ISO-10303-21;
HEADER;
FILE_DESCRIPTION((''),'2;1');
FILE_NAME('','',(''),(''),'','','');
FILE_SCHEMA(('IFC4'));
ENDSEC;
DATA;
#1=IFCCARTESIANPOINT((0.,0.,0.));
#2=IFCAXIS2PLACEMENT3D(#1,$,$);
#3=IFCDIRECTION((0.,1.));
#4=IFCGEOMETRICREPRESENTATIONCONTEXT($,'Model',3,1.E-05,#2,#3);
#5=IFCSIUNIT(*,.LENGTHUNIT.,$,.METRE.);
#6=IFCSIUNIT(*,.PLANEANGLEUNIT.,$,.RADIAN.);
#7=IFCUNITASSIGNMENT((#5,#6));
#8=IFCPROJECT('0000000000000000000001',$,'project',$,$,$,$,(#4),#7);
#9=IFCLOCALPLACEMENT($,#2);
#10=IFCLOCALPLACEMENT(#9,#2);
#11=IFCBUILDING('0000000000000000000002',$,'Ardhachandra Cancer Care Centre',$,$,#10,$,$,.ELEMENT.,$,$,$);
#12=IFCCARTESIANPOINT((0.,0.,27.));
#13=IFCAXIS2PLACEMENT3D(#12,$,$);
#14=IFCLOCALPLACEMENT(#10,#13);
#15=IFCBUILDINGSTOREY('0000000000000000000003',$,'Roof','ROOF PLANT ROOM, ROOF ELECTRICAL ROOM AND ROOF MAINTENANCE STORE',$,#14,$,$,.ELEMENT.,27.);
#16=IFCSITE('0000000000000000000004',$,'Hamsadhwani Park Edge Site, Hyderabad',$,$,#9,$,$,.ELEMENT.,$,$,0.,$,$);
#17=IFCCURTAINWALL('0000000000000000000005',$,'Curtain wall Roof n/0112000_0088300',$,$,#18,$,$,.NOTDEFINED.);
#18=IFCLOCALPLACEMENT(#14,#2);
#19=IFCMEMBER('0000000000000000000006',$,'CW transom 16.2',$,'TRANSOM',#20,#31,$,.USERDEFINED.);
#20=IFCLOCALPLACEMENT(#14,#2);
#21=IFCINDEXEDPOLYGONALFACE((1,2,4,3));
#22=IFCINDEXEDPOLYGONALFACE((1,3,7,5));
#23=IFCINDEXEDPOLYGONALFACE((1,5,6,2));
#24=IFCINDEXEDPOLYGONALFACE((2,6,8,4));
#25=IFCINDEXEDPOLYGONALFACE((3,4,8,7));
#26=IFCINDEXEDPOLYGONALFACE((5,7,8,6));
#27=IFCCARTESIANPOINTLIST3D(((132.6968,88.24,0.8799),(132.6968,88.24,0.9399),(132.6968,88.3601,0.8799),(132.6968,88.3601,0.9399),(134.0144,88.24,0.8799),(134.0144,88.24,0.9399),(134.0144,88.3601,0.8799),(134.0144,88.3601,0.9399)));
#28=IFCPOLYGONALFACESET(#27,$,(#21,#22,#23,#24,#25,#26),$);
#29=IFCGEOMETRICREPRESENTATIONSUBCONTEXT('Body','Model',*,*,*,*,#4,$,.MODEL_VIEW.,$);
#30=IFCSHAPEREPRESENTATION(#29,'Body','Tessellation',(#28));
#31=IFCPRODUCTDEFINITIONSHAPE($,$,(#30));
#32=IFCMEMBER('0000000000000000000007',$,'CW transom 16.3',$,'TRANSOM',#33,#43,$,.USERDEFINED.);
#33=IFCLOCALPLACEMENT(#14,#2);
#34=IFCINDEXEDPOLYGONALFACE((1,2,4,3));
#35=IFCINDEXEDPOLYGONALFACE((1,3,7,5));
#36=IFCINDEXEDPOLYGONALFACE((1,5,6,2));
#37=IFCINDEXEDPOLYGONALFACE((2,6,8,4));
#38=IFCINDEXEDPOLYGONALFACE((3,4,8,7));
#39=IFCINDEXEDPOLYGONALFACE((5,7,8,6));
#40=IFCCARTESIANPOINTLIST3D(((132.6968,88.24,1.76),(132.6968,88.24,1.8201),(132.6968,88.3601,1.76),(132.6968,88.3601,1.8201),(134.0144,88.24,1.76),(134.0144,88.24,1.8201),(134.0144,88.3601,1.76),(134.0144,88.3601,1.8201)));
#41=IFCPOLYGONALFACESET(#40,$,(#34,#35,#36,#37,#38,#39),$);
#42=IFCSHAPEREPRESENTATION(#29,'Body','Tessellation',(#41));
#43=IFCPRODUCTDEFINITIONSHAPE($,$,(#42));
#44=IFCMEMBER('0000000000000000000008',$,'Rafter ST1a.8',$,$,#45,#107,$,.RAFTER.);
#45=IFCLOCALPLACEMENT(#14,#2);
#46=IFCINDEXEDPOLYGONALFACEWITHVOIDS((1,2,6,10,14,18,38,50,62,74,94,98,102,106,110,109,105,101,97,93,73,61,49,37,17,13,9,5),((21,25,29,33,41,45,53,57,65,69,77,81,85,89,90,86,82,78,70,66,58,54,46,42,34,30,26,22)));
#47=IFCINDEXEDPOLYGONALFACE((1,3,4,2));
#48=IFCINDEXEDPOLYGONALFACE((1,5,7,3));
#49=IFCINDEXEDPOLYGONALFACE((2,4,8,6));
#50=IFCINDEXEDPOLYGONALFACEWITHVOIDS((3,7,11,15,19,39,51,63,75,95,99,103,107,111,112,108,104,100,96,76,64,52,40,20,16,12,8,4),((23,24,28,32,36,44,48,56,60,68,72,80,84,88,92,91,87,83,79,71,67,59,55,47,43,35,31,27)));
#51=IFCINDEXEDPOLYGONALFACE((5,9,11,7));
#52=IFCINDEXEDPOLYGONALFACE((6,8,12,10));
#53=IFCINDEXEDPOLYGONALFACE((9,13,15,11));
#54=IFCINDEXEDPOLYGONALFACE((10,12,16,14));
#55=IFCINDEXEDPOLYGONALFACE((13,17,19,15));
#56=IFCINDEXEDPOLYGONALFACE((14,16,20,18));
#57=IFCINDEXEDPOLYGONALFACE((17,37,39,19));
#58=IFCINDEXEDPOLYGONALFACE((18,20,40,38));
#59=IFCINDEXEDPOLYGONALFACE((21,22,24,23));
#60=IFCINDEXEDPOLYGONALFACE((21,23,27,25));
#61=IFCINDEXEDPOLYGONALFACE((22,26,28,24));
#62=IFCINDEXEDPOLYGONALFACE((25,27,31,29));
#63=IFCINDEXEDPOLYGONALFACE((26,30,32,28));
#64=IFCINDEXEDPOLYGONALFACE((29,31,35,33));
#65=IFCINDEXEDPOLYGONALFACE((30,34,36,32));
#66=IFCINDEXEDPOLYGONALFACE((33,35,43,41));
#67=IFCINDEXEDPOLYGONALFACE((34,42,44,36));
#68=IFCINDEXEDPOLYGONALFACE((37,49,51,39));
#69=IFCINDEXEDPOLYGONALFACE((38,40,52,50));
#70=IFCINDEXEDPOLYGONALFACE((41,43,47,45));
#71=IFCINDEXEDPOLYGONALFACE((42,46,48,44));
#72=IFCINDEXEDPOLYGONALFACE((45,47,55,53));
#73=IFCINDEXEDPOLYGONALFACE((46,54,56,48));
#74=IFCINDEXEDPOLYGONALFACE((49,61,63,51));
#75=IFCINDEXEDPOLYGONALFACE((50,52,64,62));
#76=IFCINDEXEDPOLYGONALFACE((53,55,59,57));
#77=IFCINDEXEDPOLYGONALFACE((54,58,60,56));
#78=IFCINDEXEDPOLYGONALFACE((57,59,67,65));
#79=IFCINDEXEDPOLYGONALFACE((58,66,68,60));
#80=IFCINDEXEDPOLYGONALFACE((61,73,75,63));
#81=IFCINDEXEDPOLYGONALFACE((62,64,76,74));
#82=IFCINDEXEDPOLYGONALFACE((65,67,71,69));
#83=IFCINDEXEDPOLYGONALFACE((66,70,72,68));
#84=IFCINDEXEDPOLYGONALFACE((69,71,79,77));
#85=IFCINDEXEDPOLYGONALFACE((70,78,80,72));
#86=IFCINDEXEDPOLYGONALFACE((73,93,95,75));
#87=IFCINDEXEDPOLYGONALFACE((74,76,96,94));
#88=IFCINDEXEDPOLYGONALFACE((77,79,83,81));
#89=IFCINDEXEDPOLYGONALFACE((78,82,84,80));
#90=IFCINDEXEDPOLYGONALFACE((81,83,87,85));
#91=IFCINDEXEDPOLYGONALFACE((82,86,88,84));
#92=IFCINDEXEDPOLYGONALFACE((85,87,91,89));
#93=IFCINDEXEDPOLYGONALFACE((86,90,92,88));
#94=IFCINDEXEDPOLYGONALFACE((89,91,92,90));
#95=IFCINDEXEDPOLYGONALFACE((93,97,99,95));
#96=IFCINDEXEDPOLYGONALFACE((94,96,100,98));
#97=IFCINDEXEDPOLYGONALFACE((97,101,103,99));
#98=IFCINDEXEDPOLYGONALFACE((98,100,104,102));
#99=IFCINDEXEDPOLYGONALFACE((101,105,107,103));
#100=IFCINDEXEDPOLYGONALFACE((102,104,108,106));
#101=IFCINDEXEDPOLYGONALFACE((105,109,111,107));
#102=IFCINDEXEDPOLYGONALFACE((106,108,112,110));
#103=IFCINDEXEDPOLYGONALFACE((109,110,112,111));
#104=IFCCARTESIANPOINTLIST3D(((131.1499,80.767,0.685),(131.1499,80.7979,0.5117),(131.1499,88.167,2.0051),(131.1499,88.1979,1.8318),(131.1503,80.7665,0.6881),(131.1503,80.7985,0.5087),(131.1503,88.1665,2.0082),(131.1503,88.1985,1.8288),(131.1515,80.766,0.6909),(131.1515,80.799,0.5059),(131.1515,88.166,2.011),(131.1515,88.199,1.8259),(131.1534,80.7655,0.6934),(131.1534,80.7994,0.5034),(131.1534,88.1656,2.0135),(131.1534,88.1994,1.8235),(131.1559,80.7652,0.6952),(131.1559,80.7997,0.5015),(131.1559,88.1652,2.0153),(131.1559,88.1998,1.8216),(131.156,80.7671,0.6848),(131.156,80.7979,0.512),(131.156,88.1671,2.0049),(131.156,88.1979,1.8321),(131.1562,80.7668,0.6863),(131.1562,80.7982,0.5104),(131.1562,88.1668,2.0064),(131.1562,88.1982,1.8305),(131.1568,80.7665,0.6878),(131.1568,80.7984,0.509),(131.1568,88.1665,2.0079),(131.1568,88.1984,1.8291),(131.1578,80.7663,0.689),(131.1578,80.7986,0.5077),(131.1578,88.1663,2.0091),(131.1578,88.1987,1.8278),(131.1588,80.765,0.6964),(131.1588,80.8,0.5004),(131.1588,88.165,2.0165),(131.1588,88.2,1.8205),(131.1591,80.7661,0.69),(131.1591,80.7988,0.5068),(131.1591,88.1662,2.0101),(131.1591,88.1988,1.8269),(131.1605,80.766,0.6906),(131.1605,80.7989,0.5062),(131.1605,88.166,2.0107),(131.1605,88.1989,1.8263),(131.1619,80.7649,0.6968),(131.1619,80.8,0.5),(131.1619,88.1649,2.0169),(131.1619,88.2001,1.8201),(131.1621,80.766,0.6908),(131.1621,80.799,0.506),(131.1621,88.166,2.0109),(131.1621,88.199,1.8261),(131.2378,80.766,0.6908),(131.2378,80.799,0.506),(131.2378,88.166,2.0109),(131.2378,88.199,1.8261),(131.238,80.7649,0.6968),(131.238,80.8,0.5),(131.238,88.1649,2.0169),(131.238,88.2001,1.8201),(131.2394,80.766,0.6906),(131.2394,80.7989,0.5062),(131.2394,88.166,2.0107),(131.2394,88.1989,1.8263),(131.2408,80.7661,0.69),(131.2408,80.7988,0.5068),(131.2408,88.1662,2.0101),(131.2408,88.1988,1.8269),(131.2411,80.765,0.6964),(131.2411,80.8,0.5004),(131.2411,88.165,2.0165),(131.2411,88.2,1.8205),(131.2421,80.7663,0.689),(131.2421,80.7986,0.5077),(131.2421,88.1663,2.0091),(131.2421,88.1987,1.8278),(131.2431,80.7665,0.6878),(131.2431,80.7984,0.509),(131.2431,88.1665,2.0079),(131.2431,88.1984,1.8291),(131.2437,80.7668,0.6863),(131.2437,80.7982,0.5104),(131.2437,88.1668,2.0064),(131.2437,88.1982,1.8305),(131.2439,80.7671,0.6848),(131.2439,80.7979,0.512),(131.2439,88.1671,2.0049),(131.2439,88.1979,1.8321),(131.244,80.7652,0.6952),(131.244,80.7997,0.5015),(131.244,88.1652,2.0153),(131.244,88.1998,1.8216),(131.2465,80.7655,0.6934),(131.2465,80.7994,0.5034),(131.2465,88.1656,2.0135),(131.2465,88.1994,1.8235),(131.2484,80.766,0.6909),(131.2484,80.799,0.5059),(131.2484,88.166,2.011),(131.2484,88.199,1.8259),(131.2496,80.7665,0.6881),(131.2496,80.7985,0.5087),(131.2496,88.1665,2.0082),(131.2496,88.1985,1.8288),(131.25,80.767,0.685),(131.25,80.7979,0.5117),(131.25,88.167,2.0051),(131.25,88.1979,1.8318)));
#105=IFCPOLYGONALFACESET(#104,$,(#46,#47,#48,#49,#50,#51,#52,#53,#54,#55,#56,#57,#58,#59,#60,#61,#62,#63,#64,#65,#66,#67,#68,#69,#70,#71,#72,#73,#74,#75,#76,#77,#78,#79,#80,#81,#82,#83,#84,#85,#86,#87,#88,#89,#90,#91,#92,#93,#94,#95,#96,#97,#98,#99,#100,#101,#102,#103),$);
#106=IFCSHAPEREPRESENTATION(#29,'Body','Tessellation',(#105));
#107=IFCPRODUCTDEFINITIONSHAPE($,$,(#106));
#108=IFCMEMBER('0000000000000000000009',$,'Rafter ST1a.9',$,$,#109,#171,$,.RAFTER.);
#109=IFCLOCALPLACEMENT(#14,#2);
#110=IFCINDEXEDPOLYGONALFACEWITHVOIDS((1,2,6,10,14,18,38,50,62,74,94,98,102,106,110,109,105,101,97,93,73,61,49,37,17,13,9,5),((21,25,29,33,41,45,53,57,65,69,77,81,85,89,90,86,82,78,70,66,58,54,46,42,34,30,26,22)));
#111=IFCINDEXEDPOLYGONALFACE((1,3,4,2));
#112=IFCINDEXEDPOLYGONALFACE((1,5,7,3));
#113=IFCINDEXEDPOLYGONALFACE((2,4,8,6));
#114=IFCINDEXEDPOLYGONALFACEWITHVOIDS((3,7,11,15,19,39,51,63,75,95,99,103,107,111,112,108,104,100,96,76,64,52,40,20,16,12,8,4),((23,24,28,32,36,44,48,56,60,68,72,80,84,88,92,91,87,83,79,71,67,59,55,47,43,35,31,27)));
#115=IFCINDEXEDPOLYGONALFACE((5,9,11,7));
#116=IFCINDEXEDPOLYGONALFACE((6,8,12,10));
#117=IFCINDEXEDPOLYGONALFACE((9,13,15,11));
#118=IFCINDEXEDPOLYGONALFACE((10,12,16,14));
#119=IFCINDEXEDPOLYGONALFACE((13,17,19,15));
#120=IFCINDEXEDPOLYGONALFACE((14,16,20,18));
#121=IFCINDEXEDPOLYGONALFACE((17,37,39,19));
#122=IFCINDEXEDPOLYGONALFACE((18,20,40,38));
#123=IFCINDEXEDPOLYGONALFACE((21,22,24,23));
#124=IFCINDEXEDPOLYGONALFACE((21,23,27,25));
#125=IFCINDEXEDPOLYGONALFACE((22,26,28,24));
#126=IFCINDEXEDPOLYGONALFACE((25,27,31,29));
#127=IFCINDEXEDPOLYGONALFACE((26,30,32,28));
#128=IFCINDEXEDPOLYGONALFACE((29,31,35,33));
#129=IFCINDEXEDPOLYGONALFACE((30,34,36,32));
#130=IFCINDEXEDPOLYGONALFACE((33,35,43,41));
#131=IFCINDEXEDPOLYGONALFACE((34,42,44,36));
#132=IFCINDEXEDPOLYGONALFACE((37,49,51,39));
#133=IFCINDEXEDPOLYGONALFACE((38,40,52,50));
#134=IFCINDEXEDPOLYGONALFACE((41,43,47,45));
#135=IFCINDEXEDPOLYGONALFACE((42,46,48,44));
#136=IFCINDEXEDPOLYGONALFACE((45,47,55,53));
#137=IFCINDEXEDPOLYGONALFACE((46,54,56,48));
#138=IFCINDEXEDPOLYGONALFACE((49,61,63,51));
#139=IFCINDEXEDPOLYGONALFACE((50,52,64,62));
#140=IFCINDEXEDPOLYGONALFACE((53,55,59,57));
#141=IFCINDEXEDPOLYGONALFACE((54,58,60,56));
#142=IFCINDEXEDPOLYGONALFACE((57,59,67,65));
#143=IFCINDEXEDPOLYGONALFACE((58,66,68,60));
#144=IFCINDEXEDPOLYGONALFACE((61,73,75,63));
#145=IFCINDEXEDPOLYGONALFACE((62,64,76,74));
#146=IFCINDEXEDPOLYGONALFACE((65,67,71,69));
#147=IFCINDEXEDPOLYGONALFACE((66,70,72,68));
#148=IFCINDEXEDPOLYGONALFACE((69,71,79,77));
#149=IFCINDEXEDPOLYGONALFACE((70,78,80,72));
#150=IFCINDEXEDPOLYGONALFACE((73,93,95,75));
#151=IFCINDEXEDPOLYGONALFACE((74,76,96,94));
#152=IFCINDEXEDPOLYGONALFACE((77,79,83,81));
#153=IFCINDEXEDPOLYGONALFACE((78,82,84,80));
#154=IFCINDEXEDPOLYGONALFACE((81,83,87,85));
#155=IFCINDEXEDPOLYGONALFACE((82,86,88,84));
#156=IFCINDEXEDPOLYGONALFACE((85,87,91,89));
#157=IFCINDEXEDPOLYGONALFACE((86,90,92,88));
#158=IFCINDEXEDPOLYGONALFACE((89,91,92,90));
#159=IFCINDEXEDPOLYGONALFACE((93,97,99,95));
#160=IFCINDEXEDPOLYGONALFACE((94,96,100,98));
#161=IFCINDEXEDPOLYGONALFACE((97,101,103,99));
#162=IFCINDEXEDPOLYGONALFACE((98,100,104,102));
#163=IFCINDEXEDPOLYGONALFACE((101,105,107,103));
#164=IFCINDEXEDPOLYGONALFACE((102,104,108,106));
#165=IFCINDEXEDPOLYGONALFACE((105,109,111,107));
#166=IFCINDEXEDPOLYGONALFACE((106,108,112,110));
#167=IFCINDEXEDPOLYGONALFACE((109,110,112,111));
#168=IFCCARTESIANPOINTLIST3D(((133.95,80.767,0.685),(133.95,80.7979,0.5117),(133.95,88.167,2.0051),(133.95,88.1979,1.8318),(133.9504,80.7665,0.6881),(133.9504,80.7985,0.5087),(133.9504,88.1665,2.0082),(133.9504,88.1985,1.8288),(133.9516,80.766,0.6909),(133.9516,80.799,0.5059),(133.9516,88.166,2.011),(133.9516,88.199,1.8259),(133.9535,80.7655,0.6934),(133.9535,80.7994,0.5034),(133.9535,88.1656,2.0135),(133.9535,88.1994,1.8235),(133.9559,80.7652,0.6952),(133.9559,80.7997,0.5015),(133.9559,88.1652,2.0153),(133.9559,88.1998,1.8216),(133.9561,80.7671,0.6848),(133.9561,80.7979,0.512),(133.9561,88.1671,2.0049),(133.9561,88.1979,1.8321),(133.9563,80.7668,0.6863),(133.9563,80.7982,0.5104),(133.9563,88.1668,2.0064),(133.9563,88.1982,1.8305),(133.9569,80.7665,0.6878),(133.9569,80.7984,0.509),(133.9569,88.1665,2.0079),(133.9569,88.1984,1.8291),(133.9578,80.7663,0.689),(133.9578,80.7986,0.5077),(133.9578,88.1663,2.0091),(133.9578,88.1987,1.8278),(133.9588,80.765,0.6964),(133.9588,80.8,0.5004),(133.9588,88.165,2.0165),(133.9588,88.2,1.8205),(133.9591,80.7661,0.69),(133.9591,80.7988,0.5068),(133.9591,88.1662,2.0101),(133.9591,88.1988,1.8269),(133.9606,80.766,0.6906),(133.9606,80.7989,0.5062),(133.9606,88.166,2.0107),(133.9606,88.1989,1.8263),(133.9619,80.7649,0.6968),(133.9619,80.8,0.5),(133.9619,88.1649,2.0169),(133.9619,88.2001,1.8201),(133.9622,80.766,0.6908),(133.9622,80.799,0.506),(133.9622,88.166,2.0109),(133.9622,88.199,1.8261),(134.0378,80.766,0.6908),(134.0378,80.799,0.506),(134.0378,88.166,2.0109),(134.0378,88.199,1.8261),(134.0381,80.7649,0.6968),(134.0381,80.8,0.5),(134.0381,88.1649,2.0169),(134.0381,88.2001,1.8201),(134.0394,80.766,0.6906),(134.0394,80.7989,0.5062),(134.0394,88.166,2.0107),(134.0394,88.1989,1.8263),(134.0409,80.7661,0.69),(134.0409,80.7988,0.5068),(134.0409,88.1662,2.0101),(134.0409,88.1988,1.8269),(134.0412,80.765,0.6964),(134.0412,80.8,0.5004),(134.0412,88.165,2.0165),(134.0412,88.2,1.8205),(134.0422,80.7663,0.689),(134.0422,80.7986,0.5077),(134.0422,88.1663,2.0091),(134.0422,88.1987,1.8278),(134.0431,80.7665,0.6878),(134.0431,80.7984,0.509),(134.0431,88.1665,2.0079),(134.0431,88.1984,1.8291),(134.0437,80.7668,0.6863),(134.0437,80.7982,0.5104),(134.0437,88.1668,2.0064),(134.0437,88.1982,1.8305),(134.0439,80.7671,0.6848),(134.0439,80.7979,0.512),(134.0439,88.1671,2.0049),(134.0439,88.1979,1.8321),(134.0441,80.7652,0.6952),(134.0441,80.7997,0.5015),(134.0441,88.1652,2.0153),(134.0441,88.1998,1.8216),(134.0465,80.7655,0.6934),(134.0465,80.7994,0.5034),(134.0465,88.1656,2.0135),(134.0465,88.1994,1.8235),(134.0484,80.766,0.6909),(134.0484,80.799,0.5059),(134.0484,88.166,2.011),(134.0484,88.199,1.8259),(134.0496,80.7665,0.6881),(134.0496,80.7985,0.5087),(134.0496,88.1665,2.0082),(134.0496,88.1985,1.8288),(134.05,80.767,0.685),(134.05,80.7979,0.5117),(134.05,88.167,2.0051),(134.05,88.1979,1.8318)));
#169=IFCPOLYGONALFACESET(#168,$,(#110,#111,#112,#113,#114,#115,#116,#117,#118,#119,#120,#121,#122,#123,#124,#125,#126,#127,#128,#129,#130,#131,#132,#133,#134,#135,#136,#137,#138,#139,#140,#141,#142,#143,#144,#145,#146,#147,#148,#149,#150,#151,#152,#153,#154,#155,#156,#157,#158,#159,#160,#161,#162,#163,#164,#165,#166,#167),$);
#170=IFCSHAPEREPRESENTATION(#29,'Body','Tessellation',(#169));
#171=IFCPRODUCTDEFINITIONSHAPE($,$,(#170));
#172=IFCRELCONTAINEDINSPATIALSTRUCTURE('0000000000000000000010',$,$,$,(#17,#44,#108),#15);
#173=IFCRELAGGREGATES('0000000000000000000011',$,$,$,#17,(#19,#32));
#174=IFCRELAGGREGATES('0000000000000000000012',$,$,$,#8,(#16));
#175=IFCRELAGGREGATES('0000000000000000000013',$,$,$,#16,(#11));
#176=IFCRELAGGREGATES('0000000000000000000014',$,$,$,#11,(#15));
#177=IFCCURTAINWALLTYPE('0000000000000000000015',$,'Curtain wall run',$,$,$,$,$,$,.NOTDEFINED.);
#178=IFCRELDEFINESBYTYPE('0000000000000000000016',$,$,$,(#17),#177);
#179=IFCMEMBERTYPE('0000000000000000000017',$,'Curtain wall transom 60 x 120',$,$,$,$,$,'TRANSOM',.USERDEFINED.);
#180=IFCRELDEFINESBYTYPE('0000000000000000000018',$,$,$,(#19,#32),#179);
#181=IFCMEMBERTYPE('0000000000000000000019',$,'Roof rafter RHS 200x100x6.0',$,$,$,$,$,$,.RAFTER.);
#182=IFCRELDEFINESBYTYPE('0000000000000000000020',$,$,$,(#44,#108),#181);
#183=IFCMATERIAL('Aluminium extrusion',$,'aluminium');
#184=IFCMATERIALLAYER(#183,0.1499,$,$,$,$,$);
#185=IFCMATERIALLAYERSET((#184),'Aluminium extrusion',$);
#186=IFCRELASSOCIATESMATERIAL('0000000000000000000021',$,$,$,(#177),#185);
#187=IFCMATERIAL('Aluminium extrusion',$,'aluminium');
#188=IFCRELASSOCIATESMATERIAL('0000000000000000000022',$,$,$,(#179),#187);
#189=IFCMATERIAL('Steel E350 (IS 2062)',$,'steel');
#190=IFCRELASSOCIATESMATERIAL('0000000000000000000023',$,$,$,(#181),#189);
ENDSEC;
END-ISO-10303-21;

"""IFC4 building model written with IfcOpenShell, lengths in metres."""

from ifc_helpers import new_model, si_unit, direction, frame, origin, origin_2d, place, context, subcontext, project, spatial, rectangle, hollow_rectangle, extrude, material, layer, layer_set, material_profile, profile_set, type_object, element, aggregate, save


model = new_model("IFC4")

# Units and contexts
model_context = context("Model", 3, precision=1e-05, world=origin(), true_north=direction((0.0, 1.0)))
body_context = subcontext(model_context, "Body", "Model", "MODEL_VIEW")
ifc_project = project(units=[si_unit("LENGTHUNIT", "METRE"), si_unit("PLANEANGLEUNIT", "RADIAN")], contexts=[model_context])

# Site, building, storey
site_placement = place(None, origin())
site = spatial("IfcSite", under=ifc_project, at=site_placement, Name="Hamsadhwani Park Edge Site, Hyderabad", CompositionType="ELEMENT", RefElevation=0.0)
building_placement = place(site_placement, origin())
building = spatial("IfcBuilding", under=site, at=building_placement, Name="Ardhachandra Cancer Care Centre", CompositionType="ELEMENT")
storey_placement = place(building_placement, frame((0.0, 0.0, 27.0)))
storey = spatial("IfcBuildingStorey", under=building, at=storey_placement, Name="Roof", Description="ROOF PLANT ROOM, ROOF ELECTRICAL ROOM AND ROOF MAINTENANCE STORE", CompositionType="ELEMENT", Elevation=27.0)

# Curtain wall, members
ifc_material_1 = material(Name="Aluminium extrusion", Category="aluminium")
ifc_layer_1 = layer(ifc_material_1, 0.1499)
ifc_layer_set_1 = layer_set([ifc_layer_1], Name="Aluminium extrusion")
curtain_wall_type = type_object("IfcCurtainWallType", Name="Curtain wall run", PredefinedType="NOTDEFINED", material=ifc_layer_set_1)
curtain_wall_placement = place(storey_placement, origin())
curtain_wall = element("IfcCurtainWall", 1, at=curtain_wall_placement, inside=storey, type_object=curtain_wall_type, Name="Curtain wall Roof n/0112000_0088300", PredefinedType="NOTDEFINED")
ifc_material_2 = material(Name="Aluminium extrusion", Category="aluminium")
ifc_material_profile_1 = material_profile(ifc_material_2, rectangle(XDim=0.1201, YDim=0.0601, at=origin_2d()), Name="Curtain wall transom 60 x 120")
ifc_profile_set_1 = profile_set([ifc_material_profile_1], Name="Aluminium extrusion")
member_type_1 = type_object("IfcMemberType", Name="Curtain wall transom 60 x 120", ElementType="TRANSOM", PredefinedType="USERDEFINED", material=ifc_profile_set_1)
member_1_placement = place(storey_placement, frame((132.6968, 88.3, 0.9099), z_axis=(1.0, 0.0, 0.0), x_axis=(0.0, 1.0, 0.0)))
member_1 = element("IfcMember", 2, at=member_1_placement, type_object=member_type_1, Name="CW transom 16.2", ObjectType="TRANSOM", PredefinedType="USERDEFINED", context=body_context, shape_type="SweptSolid", body=[
    extrude(rectangle(XDim=0.1201, YDim=0.0601, at=origin_2d()), origin(), (0.0, 0.0, 1.0), 1.3176),
])
member_2_placement = place(storey_placement, frame((132.6968, 88.3, 1.79), z_axis=(1.0, 0.0, 0.0), x_axis=(0.0, 1.0, 0.0)))
member_2 = element("IfcMember", 3, at=member_2_placement, type_object=member_type_1, Name="CW transom 16.3", ObjectType="TRANSOM", PredefinedType="USERDEFINED", context=body_context, shape_type="SweptSolid", body=[
    extrude(rectangle(XDim=0.1201, YDim=0.0601, at=origin_2d()), origin(), (0.0, 0.0, 1.0), 1.3176),
])

# Members
ifc_material_3 = material(Name="Steel E350 (IS 2062)", Category="steel")
ifc_material_profile_2 = material_profile(ifc_material_3, hollow_rectangle(XDim=0.1001, YDim=0.2, WallThickness=0.0061, InnerFilletRadius=0.0061, OuterFilletRadius=0.012, at=origin_2d()), Name="RHS 200x100x6.0")
ifc_profile_set_2 = profile_set([ifc_material_profile_2], Name="Steel E350 (IS 2062)")
member_type_2 = type_object("IfcMemberType", Name="Roof rafter RHS 200x100x6.0", PredefinedType="RAFTER", material=ifc_profile_set_2)
for number, where, z_axis, x_axis, name in (
    (4, (131.2, 80.7825, 0.5984), (0.0, 0.984458, 0.175618), (-1.0, 0.0, 0.0), "Rafter ST1a.8"),
    (5, (134.0, 80.7825, 0.5984), (0.0, 0.984458, 0.175618), (-1.0, 0.0, 0.0), "Rafter ST1a.9"),
):
    element("IfcMember", number, at=place(storey_placement, frame(where, z_axis=z_axis, x_axis=x_axis)), inside=storey, type_object=member_type_2, Name=name, PredefinedType="RAFTER", context=body_context, shape_type="SweptSolid", body=[
        extrude(hollow_rectangle(XDim=0.1001, YDim=0.2, WallThickness=0.0061, InnerFilletRadius=0.0061, OuterFilletRadius=0.012, at=origin_2d()), origin(), (0.0, 0.0, 1.0), 7.5168),
    ])

aggregate(curtain_wall, [member_1, member_2])

save(model, "model.ifc")
